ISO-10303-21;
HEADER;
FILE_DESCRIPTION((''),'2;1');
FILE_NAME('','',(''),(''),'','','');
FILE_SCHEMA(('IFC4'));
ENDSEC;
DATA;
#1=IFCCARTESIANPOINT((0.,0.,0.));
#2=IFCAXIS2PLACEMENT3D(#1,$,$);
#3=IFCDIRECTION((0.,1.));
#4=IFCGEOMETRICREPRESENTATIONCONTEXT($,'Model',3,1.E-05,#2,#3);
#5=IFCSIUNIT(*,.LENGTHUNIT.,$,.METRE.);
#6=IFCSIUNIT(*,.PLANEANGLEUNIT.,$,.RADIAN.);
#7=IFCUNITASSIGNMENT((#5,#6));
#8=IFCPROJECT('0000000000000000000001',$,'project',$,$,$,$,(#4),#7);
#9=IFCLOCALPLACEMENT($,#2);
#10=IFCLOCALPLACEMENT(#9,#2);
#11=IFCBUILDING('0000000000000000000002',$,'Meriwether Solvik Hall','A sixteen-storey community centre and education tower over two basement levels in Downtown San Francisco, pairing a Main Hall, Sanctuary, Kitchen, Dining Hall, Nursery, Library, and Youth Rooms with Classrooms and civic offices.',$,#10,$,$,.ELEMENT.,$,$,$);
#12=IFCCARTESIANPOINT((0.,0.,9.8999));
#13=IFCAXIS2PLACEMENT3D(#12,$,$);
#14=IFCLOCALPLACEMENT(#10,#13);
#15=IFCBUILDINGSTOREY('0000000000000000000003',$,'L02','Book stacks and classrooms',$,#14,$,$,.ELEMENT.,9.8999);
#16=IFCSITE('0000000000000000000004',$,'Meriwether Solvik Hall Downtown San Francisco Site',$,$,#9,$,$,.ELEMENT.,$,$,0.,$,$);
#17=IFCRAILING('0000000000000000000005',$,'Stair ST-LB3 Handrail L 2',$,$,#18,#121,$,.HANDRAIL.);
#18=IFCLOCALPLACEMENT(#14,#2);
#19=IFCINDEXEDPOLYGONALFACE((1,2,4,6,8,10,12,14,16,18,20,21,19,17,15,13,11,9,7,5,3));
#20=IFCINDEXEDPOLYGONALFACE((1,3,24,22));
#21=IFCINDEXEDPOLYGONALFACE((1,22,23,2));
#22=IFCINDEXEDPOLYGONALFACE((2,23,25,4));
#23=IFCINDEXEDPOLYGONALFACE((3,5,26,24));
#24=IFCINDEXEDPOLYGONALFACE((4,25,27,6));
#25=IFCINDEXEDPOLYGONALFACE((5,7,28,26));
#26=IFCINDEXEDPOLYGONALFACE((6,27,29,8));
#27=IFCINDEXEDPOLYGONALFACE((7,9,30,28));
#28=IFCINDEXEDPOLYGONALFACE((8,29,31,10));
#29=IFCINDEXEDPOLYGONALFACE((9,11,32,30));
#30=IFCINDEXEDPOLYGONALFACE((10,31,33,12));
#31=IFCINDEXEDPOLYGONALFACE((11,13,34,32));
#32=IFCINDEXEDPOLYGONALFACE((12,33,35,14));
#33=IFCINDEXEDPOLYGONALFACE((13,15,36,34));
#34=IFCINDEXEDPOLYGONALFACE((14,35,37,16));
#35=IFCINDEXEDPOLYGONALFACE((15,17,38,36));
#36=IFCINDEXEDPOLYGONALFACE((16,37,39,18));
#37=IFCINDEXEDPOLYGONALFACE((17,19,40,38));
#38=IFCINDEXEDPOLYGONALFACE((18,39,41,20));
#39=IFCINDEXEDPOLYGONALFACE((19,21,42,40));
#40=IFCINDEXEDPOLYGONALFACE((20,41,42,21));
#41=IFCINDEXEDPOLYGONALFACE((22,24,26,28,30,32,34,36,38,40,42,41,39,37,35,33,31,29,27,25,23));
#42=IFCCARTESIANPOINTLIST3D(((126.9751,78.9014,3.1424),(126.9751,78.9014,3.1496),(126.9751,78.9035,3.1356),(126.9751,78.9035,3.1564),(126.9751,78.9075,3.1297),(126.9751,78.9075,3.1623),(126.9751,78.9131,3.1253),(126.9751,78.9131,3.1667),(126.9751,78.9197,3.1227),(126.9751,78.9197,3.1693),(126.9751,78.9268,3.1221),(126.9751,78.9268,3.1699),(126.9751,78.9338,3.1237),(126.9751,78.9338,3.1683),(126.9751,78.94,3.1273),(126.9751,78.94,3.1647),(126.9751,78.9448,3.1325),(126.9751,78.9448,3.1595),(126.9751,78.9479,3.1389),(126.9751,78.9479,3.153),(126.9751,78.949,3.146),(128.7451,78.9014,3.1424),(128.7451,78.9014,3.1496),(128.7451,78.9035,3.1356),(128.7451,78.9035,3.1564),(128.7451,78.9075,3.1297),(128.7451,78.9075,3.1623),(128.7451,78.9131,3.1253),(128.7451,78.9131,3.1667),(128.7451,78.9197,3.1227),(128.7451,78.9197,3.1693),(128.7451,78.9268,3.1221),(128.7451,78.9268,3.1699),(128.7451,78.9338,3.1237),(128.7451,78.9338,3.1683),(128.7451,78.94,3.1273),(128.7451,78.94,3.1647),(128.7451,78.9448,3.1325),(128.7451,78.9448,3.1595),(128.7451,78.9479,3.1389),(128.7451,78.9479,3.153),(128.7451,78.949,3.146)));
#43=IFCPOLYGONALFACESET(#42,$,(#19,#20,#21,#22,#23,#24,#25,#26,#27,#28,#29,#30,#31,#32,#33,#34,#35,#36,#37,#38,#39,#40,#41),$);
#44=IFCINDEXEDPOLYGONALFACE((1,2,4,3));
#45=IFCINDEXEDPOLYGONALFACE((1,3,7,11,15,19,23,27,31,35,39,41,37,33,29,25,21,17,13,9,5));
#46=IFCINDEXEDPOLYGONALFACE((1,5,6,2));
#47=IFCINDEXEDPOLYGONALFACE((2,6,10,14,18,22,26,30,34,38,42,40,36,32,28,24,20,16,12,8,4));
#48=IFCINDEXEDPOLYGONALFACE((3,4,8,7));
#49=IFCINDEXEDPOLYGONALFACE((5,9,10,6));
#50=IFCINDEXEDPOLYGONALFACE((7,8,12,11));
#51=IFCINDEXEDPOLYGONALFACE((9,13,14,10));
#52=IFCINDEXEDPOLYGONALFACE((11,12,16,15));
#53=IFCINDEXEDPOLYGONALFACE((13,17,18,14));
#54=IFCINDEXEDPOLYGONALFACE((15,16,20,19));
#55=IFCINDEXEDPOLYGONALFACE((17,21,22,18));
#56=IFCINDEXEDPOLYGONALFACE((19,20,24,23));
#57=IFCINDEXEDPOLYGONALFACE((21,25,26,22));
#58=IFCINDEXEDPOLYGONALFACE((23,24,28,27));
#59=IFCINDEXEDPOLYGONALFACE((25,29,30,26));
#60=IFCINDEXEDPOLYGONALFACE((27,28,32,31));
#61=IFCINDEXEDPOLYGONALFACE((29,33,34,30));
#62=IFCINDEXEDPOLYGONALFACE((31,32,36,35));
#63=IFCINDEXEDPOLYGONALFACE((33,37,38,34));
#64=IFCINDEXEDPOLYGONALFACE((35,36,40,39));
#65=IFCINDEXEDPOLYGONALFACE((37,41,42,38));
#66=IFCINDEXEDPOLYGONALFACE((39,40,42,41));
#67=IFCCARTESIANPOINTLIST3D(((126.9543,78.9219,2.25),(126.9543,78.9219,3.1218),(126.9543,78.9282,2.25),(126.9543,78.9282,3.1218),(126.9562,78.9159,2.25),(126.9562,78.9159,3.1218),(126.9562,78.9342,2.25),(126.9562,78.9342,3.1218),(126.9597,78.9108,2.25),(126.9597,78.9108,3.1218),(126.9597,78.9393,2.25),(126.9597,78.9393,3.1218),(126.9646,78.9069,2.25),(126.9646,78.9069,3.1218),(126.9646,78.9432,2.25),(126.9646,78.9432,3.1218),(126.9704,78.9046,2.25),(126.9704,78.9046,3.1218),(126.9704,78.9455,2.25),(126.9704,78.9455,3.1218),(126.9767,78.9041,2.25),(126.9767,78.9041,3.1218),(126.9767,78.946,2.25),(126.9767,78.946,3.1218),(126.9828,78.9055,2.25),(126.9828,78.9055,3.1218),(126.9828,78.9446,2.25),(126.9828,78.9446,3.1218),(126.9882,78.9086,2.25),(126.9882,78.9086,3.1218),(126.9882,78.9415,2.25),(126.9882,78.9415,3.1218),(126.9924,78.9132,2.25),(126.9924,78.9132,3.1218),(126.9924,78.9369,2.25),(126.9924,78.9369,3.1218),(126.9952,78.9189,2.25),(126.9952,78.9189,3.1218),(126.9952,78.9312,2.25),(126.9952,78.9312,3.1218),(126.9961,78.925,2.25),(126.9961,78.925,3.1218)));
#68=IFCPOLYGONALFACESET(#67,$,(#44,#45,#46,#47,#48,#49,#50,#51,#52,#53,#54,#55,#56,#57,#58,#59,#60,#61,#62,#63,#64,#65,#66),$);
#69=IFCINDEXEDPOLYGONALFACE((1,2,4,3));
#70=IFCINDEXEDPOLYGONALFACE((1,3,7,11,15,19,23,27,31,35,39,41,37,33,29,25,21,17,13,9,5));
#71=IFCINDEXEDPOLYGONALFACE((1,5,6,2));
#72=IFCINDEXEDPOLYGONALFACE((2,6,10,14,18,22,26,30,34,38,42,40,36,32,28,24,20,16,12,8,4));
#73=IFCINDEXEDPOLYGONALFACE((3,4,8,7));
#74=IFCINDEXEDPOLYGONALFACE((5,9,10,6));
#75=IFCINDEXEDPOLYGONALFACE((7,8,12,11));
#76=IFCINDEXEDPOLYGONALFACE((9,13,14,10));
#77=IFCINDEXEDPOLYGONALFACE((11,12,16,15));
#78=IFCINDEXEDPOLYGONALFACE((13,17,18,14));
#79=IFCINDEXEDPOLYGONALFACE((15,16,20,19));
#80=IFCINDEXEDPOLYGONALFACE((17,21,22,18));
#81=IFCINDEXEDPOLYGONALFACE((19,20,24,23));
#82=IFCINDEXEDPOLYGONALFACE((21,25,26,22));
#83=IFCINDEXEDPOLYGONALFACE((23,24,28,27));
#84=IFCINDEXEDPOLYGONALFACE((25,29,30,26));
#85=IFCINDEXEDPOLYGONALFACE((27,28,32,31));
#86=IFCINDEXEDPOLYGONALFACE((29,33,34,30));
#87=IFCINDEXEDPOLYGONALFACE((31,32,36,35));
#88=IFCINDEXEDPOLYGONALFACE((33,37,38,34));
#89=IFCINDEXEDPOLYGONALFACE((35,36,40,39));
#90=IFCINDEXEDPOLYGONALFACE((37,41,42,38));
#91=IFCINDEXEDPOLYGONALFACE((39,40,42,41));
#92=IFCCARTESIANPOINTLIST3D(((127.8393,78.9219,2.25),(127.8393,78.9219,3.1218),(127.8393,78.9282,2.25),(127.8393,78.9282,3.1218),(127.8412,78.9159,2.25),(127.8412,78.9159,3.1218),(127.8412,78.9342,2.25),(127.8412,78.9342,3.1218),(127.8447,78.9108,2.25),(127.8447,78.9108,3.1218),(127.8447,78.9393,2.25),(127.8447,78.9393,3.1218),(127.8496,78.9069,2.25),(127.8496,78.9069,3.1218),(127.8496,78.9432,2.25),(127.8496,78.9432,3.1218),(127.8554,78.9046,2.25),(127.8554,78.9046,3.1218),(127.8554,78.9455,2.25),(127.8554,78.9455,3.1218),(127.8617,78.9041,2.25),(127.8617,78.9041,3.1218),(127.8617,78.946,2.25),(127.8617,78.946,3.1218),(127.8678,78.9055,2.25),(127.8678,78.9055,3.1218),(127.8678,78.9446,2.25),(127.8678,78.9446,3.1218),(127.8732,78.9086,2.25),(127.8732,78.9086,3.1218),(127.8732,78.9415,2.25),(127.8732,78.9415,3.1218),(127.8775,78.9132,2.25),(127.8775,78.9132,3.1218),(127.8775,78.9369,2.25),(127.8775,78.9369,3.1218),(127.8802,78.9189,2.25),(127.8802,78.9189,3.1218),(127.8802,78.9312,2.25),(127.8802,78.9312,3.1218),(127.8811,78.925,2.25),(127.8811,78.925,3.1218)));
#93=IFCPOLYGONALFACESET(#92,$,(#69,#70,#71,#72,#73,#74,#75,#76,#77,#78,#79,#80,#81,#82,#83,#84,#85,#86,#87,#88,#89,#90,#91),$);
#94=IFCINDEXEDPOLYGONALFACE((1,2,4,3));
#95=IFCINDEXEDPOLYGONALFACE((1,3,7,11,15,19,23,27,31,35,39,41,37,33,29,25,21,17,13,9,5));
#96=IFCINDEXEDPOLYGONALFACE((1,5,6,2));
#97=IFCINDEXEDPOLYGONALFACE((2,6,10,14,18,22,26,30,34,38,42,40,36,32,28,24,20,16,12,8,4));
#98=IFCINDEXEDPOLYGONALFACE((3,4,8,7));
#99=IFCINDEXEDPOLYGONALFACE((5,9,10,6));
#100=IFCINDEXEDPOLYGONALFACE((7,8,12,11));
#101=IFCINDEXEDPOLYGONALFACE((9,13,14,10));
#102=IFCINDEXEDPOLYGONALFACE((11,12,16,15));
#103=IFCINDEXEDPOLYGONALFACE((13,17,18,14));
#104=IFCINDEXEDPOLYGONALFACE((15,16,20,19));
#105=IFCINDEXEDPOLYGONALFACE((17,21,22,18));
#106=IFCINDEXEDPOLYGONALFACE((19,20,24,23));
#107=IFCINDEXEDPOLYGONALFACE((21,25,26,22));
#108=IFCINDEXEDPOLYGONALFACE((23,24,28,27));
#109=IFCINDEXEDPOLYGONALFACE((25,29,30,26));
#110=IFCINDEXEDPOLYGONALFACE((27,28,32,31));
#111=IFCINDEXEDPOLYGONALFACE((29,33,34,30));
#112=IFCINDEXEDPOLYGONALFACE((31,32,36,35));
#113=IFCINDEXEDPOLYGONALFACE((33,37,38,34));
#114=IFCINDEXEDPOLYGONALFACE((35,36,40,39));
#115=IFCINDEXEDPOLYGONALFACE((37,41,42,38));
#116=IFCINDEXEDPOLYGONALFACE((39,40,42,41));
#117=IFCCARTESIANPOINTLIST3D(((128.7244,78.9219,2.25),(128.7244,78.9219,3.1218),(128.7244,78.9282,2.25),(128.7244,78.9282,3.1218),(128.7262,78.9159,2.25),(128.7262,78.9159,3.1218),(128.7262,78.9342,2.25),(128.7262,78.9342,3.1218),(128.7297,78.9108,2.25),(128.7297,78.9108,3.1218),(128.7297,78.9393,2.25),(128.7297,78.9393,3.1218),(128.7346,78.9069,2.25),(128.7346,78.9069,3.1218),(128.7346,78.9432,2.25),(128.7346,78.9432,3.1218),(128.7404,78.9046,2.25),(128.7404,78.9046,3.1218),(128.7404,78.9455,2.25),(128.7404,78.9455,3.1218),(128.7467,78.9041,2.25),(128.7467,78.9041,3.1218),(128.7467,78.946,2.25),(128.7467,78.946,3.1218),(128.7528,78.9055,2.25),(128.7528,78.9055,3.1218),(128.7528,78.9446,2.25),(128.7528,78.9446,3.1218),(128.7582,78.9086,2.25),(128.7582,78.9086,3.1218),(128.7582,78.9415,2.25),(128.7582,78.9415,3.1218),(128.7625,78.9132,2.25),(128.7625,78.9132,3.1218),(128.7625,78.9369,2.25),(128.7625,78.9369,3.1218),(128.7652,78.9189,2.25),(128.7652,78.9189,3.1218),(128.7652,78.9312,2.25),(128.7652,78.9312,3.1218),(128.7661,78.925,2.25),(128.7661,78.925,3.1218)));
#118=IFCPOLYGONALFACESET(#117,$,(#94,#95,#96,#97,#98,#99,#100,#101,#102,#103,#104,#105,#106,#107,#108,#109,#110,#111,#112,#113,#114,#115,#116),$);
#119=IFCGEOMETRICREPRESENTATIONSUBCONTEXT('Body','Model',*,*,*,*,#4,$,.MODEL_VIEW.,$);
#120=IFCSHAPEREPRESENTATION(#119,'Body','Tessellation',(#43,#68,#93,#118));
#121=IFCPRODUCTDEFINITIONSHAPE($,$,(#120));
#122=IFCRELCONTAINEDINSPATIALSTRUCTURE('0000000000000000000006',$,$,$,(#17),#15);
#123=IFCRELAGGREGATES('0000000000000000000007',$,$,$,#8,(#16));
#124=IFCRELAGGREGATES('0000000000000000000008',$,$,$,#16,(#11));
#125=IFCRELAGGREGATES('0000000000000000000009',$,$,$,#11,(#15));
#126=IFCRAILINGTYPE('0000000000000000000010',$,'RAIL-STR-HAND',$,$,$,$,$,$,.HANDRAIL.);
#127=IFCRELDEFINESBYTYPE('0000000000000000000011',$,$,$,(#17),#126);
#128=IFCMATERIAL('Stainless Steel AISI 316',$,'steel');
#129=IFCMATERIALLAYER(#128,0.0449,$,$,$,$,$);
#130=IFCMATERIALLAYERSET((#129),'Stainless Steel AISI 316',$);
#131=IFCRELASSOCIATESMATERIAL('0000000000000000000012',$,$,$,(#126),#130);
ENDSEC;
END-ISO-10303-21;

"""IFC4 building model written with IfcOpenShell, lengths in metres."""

from ifc_helpers import new_model, si_unit, direction, frame, origin, origin_2d, place, context, subcontext, project, spatial, circle, extrude, material, layer, layer_set, type_object, element, save


model = new_model("IFC4")

# Units and contexts
model_context = context("Model", 3, precision=1e-05, world=origin(), true_north=direction((0.0, 1.0)))
body_context = subcontext(model_context, "Body", "Model", "MODEL_VIEW")
ifc_project = project(units=[si_unit("LENGTHUNIT", "METRE"), si_unit("PLANEANGLEUNIT", "RADIAN")], contexts=[model_context])

# Site, building, storey
site_placement = place(None, origin())
site = spatial("IfcSite", under=ifc_project, at=site_placement, Name="Meriwether Solvik Hall Downtown San Francisco Site", CompositionType="ELEMENT", RefElevation=0.0)
building_placement = place(site_placement, origin())
building = spatial("IfcBuilding", under=site, at=building_placement, Name="Meriwether Solvik Hall", Description="A sixteen-storey community centre and education tower over two basement levels in Downtown San Francisco, pairing a Main Hall, Sanctuary, Kitchen, Dining Hall, Nursery, Library, and Youth Rooms with Classrooms and civic offices.", CompositionType="ELEMENT")
storey_placement = place(building_placement, frame((0.0, 0.0, 9.8999)))
storey = spatial("IfcBuildingStorey", under=building, at=storey_placement, Name="L02", Description="Book stacks and classrooms", CompositionType="ELEMENT", Elevation=9.8999)

# Railing
ifc_material_1 = material(Name="Stainless Steel AISI 316", Category="steel")
ifc_layer_1 = layer(ifc_material_1, 0.0449)
ifc_layer_set_1 = layer_set([ifc_layer_1], Name="Stainless Steel AISI 316")
railing_type_1 = type_object("IfcRailingType", Name="RAIL-STR-HAND", PredefinedType="HANDRAIL", material=ifc_layer_set_1)
railing_1_placement = place(storey_placement, frame((126.9751, 78.925, 2.25)))
element("IfcRailing", 1, at=railing_1_placement, inside=storey, type_object=railing_type_1, Name="Stair ST-LB3 Handrail L 2", PredefinedType="HANDRAIL", context=body_context, shape_type="SweptSolid", body=[
    extrude(circle(Radius=0.0239, at=origin_2d()), frame((0.0, 0.0, 0.896), z_axis=(1.0, 0.0, 0.0), x_axis=(0.0, 1.0, 0.0)), (0.0, 0.0, 1.0), 1.77),
    extrude(circle(Radius=0.021, at=origin_2d()), origin(), (0.0, 0.0, 1.0), 0.8718),
    extrude(circle(Radius=0.021, at=origin_2d()), frame((0.885, 0.0, 0.0)), (0.0, 0.0, 1.0), 0.8718),
    extrude(circle(Radius=0.021, at=origin_2d()), frame((1.77, 0.0, 0.0)), (0.0, 0.0, 1.0), 0.8718),
])

save(model, "model.ifc")
